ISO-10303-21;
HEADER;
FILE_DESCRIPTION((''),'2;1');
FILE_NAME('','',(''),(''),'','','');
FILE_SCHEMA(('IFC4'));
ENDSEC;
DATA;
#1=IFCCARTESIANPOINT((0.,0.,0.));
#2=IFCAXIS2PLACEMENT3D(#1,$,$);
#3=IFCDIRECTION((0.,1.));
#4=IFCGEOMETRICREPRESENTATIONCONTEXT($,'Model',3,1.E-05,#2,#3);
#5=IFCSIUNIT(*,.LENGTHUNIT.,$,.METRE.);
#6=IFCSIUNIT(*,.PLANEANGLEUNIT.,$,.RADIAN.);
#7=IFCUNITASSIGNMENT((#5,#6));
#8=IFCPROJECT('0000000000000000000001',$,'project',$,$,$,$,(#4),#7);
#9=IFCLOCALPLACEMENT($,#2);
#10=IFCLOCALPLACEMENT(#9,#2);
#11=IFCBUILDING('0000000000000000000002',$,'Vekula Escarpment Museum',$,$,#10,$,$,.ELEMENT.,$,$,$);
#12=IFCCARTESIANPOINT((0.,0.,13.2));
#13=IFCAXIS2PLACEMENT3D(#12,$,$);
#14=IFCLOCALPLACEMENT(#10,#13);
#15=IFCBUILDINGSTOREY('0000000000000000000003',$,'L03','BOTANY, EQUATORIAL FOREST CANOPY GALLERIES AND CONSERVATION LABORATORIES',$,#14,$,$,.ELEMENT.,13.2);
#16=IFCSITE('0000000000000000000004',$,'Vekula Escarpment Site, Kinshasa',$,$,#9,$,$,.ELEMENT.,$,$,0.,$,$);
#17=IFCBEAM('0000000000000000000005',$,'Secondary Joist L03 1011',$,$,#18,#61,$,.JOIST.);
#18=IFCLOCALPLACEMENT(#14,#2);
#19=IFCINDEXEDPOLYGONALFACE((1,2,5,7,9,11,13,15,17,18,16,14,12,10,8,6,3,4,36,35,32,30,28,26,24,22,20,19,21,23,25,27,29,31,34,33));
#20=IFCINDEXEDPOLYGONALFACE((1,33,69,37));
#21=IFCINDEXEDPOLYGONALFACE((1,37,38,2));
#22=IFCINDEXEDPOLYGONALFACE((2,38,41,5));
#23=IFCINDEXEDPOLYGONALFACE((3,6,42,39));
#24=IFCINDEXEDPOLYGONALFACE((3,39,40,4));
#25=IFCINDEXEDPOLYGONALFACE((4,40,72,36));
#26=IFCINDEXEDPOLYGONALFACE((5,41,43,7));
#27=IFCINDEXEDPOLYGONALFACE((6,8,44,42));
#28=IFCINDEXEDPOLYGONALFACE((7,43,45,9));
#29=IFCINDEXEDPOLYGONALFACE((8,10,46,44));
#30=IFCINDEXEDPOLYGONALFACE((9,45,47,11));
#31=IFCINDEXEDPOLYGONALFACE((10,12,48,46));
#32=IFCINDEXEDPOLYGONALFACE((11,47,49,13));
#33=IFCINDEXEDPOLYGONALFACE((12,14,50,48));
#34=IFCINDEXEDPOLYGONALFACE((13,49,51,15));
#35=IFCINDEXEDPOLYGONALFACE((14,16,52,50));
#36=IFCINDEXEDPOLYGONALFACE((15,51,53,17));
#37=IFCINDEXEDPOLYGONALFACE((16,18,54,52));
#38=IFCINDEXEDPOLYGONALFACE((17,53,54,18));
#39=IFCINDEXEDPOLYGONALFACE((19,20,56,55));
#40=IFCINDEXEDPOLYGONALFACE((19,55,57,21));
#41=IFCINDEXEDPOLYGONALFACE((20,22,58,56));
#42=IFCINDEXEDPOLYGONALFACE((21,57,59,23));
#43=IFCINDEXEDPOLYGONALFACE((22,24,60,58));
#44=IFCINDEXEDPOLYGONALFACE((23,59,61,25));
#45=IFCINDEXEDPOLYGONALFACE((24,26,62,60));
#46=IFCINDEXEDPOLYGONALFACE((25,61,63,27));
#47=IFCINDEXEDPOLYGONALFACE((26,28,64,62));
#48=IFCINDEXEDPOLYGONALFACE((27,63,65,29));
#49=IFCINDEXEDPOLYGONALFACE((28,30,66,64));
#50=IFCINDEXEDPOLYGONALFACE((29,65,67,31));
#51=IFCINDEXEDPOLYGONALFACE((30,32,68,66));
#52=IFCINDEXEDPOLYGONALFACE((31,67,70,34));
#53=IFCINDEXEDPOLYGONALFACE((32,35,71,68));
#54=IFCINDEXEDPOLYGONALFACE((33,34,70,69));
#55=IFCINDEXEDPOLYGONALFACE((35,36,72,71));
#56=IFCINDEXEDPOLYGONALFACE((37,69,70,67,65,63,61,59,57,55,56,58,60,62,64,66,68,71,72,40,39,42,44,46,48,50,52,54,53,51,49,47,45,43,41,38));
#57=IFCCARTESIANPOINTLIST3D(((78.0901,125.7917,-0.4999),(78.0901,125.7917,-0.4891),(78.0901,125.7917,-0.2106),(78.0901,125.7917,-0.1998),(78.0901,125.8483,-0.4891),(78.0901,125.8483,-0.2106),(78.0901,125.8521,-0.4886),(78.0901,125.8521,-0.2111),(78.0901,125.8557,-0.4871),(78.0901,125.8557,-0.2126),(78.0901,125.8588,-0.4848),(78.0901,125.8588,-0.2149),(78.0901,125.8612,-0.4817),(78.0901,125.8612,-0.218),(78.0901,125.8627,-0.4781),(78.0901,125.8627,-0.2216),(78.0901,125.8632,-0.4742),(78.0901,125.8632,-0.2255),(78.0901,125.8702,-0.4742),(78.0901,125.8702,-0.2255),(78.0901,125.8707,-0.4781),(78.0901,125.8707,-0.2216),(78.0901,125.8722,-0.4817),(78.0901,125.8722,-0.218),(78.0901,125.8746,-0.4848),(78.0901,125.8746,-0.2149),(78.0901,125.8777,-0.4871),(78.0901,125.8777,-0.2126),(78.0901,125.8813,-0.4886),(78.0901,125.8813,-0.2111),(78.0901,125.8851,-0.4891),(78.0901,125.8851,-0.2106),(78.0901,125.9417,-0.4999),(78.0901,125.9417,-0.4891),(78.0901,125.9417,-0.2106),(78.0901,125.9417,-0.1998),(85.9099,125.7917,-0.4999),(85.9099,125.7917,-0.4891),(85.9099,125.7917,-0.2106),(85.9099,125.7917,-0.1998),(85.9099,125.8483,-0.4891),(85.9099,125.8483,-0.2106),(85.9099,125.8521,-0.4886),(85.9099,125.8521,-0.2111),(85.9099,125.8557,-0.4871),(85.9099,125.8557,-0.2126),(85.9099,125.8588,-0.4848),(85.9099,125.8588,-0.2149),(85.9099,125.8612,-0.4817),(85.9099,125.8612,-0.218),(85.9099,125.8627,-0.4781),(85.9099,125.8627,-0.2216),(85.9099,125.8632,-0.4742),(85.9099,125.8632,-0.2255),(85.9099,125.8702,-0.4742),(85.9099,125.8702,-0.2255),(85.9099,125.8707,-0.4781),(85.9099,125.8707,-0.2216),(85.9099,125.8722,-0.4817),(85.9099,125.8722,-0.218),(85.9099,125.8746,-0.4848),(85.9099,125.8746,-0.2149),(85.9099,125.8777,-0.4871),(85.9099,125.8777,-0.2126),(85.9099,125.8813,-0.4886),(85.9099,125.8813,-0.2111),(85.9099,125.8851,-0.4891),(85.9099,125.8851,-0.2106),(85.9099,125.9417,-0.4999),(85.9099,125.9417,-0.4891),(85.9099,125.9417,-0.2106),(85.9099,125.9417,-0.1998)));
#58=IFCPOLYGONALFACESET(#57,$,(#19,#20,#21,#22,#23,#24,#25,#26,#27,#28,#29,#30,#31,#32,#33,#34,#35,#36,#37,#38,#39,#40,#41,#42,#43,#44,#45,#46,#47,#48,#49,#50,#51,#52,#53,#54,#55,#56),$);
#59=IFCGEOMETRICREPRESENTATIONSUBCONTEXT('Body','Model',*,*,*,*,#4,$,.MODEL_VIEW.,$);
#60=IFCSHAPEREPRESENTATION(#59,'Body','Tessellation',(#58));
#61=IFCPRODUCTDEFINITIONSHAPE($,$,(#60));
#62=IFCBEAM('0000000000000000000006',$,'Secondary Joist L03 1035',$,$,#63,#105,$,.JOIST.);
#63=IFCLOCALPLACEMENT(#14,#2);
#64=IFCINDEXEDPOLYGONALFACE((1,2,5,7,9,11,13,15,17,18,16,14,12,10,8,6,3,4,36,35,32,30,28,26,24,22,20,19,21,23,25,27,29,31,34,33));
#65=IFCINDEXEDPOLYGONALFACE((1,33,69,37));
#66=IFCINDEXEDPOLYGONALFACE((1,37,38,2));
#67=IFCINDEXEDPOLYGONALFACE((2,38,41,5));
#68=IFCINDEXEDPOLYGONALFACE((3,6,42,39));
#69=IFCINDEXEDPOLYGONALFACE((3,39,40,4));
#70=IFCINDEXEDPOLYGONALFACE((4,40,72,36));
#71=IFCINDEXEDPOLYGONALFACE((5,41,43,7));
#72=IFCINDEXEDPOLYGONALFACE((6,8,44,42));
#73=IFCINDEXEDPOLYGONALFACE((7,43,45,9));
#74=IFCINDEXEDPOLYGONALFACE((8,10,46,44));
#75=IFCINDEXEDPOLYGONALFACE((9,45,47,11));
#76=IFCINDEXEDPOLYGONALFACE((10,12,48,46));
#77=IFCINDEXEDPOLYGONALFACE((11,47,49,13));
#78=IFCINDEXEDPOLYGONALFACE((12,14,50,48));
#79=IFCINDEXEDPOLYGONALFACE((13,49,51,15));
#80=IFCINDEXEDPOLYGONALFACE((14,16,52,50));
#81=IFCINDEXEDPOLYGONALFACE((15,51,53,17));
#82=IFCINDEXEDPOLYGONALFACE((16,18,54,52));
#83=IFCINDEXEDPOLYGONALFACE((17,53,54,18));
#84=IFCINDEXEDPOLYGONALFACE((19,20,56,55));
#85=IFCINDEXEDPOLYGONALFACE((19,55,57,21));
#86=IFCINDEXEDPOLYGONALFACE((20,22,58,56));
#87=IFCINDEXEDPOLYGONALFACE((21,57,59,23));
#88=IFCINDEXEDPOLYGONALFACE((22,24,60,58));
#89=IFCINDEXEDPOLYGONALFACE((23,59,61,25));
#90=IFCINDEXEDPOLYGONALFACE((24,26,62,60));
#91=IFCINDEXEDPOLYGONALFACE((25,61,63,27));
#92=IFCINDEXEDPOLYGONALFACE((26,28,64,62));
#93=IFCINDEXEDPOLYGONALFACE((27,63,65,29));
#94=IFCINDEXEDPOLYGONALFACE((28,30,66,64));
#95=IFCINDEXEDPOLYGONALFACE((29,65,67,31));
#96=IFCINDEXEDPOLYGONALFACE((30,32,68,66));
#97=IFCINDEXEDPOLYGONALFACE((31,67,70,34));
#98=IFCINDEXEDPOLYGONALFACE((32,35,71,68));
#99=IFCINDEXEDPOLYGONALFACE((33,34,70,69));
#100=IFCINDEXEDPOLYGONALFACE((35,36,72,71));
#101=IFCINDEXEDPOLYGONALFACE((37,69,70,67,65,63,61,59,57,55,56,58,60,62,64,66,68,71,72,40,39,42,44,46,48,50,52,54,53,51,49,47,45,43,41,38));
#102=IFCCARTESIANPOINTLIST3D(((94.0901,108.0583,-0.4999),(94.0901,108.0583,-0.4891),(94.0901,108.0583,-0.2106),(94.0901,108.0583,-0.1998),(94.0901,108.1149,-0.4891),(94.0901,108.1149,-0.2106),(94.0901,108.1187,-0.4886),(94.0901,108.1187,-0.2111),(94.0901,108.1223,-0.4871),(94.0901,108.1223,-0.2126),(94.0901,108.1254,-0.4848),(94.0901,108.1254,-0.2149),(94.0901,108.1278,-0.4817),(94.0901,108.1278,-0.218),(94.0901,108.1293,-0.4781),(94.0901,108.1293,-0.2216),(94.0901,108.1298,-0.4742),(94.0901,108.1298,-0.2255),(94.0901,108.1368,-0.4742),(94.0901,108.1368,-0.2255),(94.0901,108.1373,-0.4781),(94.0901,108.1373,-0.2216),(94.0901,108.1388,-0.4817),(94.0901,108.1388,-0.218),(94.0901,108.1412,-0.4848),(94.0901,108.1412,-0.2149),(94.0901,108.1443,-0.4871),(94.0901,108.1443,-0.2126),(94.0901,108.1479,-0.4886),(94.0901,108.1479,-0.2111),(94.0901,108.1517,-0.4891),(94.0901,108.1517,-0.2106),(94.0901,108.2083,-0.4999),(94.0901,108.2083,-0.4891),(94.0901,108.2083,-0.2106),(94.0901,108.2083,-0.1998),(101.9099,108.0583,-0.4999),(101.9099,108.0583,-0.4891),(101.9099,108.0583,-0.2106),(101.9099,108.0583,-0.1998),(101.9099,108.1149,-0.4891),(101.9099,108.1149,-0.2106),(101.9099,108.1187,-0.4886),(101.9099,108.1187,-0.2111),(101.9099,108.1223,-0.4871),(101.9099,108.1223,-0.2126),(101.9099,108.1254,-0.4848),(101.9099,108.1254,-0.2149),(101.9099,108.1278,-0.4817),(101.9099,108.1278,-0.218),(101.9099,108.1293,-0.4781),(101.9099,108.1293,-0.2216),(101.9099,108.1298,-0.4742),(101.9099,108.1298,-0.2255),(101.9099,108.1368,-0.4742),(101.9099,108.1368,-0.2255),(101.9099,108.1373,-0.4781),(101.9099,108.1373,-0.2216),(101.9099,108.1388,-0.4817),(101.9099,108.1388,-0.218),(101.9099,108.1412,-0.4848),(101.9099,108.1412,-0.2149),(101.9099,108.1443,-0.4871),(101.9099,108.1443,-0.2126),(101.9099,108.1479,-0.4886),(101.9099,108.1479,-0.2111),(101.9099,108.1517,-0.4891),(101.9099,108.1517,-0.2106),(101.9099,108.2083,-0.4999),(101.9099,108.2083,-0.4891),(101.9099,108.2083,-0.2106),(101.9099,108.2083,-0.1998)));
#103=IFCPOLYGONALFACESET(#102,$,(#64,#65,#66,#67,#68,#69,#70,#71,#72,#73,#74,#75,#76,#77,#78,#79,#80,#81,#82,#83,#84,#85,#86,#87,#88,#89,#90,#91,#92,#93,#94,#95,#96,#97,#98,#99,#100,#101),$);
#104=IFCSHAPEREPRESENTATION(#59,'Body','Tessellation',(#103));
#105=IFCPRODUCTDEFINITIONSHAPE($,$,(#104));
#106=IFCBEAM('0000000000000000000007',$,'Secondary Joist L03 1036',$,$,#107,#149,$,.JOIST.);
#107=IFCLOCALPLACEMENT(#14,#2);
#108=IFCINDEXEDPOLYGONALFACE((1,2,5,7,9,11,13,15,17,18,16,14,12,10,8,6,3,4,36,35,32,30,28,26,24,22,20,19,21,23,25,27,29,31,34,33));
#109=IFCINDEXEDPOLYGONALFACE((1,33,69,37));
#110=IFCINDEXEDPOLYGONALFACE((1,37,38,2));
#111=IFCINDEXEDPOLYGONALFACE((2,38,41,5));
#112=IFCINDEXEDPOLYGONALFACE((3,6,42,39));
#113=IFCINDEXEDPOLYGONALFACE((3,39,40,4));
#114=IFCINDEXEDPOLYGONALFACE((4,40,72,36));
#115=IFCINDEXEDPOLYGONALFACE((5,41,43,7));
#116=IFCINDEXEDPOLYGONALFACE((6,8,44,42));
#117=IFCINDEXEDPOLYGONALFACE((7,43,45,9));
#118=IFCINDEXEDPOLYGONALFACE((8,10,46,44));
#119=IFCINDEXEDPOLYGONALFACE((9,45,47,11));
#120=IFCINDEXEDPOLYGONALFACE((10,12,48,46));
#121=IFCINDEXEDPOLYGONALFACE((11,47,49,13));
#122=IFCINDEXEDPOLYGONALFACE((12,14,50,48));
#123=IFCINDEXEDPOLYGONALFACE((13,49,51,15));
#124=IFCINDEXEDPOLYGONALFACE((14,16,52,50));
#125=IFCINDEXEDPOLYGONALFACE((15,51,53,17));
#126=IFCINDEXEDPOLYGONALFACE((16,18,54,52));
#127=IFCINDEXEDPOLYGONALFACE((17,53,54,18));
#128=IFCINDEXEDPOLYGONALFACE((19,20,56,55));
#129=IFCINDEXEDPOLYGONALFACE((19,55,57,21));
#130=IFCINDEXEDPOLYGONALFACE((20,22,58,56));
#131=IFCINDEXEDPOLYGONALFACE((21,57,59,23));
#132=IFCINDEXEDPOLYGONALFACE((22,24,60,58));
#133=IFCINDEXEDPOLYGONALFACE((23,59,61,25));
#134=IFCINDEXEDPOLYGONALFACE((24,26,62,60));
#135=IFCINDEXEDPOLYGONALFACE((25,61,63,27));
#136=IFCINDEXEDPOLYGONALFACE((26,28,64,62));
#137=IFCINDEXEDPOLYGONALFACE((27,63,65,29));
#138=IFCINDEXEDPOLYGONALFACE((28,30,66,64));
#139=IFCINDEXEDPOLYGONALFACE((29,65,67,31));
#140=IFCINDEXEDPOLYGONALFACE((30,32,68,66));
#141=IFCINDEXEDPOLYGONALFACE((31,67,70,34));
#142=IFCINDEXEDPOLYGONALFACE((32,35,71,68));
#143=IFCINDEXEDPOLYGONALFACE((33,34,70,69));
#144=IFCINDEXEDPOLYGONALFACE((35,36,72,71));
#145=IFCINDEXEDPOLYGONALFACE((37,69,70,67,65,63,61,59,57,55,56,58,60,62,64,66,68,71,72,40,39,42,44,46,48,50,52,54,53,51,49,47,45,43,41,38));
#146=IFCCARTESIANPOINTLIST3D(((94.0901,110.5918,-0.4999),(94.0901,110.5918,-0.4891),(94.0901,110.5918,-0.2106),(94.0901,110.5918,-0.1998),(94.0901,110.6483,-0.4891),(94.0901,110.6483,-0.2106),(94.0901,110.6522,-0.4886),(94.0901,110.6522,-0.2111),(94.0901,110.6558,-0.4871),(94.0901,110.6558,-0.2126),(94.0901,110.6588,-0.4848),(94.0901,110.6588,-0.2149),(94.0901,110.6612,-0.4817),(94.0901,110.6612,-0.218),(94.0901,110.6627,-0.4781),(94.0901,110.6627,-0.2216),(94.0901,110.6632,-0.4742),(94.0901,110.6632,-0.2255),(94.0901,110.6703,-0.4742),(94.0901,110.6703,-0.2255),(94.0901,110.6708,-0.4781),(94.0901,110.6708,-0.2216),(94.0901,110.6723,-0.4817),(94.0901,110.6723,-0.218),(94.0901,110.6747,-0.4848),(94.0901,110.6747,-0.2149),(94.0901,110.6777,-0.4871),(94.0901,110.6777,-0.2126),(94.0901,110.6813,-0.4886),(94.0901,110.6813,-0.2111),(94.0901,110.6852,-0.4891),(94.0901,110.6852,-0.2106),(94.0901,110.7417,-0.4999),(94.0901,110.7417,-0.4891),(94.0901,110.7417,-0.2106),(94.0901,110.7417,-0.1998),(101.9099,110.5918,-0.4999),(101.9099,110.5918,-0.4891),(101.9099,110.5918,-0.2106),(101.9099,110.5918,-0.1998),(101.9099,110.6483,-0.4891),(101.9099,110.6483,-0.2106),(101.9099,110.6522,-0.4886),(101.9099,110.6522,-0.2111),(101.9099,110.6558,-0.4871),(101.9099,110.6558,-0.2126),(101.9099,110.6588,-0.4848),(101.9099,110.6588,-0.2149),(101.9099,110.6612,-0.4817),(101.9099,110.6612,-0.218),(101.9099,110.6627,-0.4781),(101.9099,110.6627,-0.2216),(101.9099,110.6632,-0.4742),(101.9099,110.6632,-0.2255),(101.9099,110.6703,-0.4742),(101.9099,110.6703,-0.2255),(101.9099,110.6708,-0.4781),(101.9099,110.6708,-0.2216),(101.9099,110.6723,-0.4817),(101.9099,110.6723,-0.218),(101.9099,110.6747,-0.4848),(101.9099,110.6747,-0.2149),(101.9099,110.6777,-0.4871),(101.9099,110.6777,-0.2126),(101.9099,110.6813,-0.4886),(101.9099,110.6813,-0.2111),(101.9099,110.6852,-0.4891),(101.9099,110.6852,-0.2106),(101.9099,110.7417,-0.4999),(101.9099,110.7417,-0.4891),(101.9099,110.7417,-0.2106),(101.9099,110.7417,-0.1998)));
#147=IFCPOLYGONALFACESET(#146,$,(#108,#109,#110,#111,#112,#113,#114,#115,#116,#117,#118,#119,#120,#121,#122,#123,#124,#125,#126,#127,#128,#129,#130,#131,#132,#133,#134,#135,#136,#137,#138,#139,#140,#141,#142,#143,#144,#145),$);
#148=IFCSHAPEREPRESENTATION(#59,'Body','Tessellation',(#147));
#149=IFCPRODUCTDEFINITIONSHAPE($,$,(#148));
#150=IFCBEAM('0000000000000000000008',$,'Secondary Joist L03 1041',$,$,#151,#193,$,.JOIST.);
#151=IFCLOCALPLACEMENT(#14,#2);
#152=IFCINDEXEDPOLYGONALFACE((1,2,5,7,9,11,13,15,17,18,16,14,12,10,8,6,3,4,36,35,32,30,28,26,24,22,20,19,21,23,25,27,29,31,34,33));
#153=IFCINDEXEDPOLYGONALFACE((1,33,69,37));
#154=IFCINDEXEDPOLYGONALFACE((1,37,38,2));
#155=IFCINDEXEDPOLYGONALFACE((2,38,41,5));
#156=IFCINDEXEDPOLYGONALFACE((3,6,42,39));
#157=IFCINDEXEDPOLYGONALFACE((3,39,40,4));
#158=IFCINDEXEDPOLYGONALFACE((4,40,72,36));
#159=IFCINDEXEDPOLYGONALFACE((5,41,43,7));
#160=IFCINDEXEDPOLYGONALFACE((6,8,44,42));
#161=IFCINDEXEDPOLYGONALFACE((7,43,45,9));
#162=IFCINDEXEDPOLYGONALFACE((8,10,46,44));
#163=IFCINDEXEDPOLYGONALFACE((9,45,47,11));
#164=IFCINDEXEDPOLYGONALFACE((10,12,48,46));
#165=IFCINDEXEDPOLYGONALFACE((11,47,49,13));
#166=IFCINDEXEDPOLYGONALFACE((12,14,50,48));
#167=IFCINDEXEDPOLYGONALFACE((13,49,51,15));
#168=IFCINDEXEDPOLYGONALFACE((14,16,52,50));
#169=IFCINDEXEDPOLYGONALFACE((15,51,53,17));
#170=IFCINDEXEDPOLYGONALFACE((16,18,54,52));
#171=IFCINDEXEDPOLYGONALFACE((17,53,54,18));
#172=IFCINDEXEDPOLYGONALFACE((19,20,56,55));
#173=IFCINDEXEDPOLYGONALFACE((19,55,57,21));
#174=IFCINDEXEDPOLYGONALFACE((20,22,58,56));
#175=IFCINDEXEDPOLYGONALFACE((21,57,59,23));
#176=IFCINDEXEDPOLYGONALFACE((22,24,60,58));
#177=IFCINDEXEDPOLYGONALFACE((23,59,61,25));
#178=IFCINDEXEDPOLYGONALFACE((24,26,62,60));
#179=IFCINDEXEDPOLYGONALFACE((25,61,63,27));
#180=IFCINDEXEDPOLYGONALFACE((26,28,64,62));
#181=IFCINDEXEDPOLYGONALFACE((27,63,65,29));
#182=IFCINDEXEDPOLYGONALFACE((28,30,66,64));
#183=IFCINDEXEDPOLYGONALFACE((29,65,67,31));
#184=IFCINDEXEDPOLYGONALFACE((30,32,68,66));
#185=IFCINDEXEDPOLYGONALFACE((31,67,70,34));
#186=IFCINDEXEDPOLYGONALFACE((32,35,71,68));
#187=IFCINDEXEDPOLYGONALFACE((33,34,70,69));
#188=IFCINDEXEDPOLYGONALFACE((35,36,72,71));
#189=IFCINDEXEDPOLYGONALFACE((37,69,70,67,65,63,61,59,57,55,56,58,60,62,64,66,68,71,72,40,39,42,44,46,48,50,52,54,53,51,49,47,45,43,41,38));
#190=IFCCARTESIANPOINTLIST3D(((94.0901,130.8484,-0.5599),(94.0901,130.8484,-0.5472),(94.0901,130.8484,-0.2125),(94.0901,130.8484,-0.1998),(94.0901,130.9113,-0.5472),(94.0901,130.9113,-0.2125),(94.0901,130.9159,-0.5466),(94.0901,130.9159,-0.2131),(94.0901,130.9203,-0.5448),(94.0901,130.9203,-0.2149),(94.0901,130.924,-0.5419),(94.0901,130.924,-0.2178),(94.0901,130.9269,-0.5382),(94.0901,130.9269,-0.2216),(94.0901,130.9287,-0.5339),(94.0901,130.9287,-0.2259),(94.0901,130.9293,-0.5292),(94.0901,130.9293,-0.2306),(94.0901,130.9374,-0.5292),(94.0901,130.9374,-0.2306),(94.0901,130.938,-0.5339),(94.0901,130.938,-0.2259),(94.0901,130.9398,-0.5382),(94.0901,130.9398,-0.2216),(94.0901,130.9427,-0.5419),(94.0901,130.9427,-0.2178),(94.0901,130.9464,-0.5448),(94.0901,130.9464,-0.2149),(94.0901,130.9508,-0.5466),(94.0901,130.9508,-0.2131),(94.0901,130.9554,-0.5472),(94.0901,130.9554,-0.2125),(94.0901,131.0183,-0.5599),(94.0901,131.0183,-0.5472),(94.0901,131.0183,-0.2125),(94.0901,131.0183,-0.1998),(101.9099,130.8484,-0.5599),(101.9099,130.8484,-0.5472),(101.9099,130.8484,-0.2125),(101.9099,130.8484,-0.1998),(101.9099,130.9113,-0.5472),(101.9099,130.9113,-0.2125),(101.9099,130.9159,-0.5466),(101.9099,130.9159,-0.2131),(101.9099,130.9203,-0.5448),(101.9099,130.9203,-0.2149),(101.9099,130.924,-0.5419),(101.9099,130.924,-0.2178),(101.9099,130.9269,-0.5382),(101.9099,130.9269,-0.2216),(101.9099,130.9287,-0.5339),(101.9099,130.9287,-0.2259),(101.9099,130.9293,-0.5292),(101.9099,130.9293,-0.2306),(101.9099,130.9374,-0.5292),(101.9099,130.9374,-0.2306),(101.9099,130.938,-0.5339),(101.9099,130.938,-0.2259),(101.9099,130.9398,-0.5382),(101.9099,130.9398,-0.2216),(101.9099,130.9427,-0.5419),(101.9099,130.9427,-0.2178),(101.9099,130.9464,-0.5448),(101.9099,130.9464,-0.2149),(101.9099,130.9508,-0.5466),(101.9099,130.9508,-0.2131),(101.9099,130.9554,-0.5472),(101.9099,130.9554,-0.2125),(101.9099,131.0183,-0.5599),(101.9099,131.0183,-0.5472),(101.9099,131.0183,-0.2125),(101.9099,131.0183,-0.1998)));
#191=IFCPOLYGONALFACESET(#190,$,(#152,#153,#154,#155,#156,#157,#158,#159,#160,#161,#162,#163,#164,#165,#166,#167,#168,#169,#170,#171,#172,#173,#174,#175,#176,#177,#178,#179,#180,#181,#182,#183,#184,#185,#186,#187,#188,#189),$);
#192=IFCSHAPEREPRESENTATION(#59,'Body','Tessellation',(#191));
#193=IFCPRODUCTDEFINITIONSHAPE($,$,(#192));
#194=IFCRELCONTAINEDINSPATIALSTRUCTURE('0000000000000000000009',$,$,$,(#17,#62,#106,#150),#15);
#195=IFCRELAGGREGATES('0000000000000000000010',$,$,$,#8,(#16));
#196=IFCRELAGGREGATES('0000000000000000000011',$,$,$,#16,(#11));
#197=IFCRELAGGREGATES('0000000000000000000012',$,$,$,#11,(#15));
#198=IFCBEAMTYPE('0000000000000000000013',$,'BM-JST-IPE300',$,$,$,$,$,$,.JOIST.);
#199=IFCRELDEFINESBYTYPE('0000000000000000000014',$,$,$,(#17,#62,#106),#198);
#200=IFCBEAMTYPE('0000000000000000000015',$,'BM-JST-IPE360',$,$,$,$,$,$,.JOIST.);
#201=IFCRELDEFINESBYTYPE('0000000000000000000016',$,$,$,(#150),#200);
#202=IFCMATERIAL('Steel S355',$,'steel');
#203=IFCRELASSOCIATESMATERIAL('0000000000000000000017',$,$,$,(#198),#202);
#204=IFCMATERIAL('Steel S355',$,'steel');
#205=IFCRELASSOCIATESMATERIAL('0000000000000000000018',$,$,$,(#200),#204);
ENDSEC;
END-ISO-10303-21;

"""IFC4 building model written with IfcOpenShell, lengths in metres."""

from ifc_helpers import new_model, si_unit, direction, frame, origin, origin_2d, place, context, subcontext, project, spatial, i_section, extrude, material, material_profile, profile_set, type_object, element, save


model = new_model("IFC4")

# Units and contexts
model_context = context("Model", 3, precision=1e-05, world=origin(), true_north=direction((0.0, 1.0)))
body_context = subcontext(model_context, "Body", "Model", "MODEL_VIEW")
ifc_project = project(units=[si_unit("LENGTHUNIT", "METRE"), si_unit("PLANEANGLEUNIT", "RADIAN")], contexts=[model_context])

# Site, building, storey
site_placement = place(None, origin())
site = spatial("IfcSite", under=ifc_project, at=site_placement, Name="Vekula Escarpment Site, Kinshasa", CompositionType="ELEMENT", RefElevation=0.0)
building_placement = place(site_placement, origin())
building = spatial("IfcBuilding", under=site, at=building_placement, Name="Vekula Escarpment Museum", CompositionType="ELEMENT")
storey_placement = place(building_placement, frame((0.0, 0.0, 13.2)))
storey = spatial("IfcBuildingStorey", under=building, at=storey_placement, Name="L03", Description="BOTANY, EQUATORIAL FOREST CANOPY GALLERIES AND CONSERVATION LABORATORIES", CompositionType="ELEMENT", Elevation=13.2)

# Beams
ifc_material_1 = material(Name="Steel S355", Category="steel")
ifc_material_profile_1 = material_profile(ifc_material_1, i_section(OverallWidth=0.1499, OverallDepth=0.3, WebThickness=0.0071, FlangeThickness=0.0107, FilletRadius=0.0149, at=origin_2d()), Name="IPE 300")
ifc_profile_set_1 = profile_set([ifc_material_profile_1], Name="Steel S355")
beam_type_1 = type_object("IfcBeamType", Name="BM-JST-IPE300", PredefinedType="JOIST", material=ifc_profile_set_1)
for number, where, z_axis, x_axis, name in (
    (1, (78.0901, 125.8667, -0.3499), (1.0, 0.0, 0.0), (0.0, 1.0, 0.0), "Secondary Joist L03 1011"),
    (2, (94.0901, 108.1333, -0.3499), (1.0, 0.0, 0.0), (0.0, 1.0, 0.0), "Secondary Joist L03 1035"),
    (3, (94.0901, 110.6667, -0.3499), (1.0, 0.0, 0.0), (0.0, 1.0, 0.0), "Secondary Joist L03 1036"),
):
    element("IfcBeam", number, at=place(storey_placement, frame(where, z_axis=z_axis, x_axis=x_axis)), inside=storey, type_object=beam_type_1, Name=name, PredefinedType="JOIST", context=body_context, shape_type="SweptSolid", body=[
        extrude(i_section(OverallWidth=0.1499, OverallDepth=0.3, WebThickness=0.0071, FlangeThickness=0.0107, FilletRadius=0.0149, at=origin_2d()), origin(), (0.0, 0.0, 1.0), 7.8198),
    ])
ifc_material_2 = material(Name="Steel S355", Category="steel")
ifc_material_profile_2 = material_profile(ifc_material_2, i_section(OverallWidth=0.1699, OverallDepth=0.3601, WebThickness=0.0081, FlangeThickness=0.0127, FilletRadius=0.0181, at=origin_2d()), Name="IPE 360")
ifc_profile_set_2 = profile_set([ifc_material_profile_2], Name="Steel S355")
beam_type_2 = type_object("IfcBeamType", Name="BM-JST-IPE360", PredefinedType="JOIST", material=ifc_profile_set_2)
for number, where, z_axis, x_axis, name in (
    (4, (94.0901, 130.9333, -0.3799), (1.0, 0.0, 0.0), (0.0, 1.0, 0.0), "Secondary Joist L03 1041"),
):
    element("IfcBeam", number, at=place(storey_placement, frame(where, z_axis=z_axis, x_axis=x_axis)), inside=storey, type_object=beam_type_2, Name=name, PredefinedType="JOIST", context=body_context, shape_type="SweptSolid", body=[
        extrude(i_section(OverallWidth=0.1699, OverallDepth=0.3601, WebThickness=0.0081, FlangeThickness=0.0127, FilletRadius=0.0181, at=origin_2d()), origin(), (0.0, 0.0, 1.0), 7.8198),
    ])

save(model, "model.ifc")
